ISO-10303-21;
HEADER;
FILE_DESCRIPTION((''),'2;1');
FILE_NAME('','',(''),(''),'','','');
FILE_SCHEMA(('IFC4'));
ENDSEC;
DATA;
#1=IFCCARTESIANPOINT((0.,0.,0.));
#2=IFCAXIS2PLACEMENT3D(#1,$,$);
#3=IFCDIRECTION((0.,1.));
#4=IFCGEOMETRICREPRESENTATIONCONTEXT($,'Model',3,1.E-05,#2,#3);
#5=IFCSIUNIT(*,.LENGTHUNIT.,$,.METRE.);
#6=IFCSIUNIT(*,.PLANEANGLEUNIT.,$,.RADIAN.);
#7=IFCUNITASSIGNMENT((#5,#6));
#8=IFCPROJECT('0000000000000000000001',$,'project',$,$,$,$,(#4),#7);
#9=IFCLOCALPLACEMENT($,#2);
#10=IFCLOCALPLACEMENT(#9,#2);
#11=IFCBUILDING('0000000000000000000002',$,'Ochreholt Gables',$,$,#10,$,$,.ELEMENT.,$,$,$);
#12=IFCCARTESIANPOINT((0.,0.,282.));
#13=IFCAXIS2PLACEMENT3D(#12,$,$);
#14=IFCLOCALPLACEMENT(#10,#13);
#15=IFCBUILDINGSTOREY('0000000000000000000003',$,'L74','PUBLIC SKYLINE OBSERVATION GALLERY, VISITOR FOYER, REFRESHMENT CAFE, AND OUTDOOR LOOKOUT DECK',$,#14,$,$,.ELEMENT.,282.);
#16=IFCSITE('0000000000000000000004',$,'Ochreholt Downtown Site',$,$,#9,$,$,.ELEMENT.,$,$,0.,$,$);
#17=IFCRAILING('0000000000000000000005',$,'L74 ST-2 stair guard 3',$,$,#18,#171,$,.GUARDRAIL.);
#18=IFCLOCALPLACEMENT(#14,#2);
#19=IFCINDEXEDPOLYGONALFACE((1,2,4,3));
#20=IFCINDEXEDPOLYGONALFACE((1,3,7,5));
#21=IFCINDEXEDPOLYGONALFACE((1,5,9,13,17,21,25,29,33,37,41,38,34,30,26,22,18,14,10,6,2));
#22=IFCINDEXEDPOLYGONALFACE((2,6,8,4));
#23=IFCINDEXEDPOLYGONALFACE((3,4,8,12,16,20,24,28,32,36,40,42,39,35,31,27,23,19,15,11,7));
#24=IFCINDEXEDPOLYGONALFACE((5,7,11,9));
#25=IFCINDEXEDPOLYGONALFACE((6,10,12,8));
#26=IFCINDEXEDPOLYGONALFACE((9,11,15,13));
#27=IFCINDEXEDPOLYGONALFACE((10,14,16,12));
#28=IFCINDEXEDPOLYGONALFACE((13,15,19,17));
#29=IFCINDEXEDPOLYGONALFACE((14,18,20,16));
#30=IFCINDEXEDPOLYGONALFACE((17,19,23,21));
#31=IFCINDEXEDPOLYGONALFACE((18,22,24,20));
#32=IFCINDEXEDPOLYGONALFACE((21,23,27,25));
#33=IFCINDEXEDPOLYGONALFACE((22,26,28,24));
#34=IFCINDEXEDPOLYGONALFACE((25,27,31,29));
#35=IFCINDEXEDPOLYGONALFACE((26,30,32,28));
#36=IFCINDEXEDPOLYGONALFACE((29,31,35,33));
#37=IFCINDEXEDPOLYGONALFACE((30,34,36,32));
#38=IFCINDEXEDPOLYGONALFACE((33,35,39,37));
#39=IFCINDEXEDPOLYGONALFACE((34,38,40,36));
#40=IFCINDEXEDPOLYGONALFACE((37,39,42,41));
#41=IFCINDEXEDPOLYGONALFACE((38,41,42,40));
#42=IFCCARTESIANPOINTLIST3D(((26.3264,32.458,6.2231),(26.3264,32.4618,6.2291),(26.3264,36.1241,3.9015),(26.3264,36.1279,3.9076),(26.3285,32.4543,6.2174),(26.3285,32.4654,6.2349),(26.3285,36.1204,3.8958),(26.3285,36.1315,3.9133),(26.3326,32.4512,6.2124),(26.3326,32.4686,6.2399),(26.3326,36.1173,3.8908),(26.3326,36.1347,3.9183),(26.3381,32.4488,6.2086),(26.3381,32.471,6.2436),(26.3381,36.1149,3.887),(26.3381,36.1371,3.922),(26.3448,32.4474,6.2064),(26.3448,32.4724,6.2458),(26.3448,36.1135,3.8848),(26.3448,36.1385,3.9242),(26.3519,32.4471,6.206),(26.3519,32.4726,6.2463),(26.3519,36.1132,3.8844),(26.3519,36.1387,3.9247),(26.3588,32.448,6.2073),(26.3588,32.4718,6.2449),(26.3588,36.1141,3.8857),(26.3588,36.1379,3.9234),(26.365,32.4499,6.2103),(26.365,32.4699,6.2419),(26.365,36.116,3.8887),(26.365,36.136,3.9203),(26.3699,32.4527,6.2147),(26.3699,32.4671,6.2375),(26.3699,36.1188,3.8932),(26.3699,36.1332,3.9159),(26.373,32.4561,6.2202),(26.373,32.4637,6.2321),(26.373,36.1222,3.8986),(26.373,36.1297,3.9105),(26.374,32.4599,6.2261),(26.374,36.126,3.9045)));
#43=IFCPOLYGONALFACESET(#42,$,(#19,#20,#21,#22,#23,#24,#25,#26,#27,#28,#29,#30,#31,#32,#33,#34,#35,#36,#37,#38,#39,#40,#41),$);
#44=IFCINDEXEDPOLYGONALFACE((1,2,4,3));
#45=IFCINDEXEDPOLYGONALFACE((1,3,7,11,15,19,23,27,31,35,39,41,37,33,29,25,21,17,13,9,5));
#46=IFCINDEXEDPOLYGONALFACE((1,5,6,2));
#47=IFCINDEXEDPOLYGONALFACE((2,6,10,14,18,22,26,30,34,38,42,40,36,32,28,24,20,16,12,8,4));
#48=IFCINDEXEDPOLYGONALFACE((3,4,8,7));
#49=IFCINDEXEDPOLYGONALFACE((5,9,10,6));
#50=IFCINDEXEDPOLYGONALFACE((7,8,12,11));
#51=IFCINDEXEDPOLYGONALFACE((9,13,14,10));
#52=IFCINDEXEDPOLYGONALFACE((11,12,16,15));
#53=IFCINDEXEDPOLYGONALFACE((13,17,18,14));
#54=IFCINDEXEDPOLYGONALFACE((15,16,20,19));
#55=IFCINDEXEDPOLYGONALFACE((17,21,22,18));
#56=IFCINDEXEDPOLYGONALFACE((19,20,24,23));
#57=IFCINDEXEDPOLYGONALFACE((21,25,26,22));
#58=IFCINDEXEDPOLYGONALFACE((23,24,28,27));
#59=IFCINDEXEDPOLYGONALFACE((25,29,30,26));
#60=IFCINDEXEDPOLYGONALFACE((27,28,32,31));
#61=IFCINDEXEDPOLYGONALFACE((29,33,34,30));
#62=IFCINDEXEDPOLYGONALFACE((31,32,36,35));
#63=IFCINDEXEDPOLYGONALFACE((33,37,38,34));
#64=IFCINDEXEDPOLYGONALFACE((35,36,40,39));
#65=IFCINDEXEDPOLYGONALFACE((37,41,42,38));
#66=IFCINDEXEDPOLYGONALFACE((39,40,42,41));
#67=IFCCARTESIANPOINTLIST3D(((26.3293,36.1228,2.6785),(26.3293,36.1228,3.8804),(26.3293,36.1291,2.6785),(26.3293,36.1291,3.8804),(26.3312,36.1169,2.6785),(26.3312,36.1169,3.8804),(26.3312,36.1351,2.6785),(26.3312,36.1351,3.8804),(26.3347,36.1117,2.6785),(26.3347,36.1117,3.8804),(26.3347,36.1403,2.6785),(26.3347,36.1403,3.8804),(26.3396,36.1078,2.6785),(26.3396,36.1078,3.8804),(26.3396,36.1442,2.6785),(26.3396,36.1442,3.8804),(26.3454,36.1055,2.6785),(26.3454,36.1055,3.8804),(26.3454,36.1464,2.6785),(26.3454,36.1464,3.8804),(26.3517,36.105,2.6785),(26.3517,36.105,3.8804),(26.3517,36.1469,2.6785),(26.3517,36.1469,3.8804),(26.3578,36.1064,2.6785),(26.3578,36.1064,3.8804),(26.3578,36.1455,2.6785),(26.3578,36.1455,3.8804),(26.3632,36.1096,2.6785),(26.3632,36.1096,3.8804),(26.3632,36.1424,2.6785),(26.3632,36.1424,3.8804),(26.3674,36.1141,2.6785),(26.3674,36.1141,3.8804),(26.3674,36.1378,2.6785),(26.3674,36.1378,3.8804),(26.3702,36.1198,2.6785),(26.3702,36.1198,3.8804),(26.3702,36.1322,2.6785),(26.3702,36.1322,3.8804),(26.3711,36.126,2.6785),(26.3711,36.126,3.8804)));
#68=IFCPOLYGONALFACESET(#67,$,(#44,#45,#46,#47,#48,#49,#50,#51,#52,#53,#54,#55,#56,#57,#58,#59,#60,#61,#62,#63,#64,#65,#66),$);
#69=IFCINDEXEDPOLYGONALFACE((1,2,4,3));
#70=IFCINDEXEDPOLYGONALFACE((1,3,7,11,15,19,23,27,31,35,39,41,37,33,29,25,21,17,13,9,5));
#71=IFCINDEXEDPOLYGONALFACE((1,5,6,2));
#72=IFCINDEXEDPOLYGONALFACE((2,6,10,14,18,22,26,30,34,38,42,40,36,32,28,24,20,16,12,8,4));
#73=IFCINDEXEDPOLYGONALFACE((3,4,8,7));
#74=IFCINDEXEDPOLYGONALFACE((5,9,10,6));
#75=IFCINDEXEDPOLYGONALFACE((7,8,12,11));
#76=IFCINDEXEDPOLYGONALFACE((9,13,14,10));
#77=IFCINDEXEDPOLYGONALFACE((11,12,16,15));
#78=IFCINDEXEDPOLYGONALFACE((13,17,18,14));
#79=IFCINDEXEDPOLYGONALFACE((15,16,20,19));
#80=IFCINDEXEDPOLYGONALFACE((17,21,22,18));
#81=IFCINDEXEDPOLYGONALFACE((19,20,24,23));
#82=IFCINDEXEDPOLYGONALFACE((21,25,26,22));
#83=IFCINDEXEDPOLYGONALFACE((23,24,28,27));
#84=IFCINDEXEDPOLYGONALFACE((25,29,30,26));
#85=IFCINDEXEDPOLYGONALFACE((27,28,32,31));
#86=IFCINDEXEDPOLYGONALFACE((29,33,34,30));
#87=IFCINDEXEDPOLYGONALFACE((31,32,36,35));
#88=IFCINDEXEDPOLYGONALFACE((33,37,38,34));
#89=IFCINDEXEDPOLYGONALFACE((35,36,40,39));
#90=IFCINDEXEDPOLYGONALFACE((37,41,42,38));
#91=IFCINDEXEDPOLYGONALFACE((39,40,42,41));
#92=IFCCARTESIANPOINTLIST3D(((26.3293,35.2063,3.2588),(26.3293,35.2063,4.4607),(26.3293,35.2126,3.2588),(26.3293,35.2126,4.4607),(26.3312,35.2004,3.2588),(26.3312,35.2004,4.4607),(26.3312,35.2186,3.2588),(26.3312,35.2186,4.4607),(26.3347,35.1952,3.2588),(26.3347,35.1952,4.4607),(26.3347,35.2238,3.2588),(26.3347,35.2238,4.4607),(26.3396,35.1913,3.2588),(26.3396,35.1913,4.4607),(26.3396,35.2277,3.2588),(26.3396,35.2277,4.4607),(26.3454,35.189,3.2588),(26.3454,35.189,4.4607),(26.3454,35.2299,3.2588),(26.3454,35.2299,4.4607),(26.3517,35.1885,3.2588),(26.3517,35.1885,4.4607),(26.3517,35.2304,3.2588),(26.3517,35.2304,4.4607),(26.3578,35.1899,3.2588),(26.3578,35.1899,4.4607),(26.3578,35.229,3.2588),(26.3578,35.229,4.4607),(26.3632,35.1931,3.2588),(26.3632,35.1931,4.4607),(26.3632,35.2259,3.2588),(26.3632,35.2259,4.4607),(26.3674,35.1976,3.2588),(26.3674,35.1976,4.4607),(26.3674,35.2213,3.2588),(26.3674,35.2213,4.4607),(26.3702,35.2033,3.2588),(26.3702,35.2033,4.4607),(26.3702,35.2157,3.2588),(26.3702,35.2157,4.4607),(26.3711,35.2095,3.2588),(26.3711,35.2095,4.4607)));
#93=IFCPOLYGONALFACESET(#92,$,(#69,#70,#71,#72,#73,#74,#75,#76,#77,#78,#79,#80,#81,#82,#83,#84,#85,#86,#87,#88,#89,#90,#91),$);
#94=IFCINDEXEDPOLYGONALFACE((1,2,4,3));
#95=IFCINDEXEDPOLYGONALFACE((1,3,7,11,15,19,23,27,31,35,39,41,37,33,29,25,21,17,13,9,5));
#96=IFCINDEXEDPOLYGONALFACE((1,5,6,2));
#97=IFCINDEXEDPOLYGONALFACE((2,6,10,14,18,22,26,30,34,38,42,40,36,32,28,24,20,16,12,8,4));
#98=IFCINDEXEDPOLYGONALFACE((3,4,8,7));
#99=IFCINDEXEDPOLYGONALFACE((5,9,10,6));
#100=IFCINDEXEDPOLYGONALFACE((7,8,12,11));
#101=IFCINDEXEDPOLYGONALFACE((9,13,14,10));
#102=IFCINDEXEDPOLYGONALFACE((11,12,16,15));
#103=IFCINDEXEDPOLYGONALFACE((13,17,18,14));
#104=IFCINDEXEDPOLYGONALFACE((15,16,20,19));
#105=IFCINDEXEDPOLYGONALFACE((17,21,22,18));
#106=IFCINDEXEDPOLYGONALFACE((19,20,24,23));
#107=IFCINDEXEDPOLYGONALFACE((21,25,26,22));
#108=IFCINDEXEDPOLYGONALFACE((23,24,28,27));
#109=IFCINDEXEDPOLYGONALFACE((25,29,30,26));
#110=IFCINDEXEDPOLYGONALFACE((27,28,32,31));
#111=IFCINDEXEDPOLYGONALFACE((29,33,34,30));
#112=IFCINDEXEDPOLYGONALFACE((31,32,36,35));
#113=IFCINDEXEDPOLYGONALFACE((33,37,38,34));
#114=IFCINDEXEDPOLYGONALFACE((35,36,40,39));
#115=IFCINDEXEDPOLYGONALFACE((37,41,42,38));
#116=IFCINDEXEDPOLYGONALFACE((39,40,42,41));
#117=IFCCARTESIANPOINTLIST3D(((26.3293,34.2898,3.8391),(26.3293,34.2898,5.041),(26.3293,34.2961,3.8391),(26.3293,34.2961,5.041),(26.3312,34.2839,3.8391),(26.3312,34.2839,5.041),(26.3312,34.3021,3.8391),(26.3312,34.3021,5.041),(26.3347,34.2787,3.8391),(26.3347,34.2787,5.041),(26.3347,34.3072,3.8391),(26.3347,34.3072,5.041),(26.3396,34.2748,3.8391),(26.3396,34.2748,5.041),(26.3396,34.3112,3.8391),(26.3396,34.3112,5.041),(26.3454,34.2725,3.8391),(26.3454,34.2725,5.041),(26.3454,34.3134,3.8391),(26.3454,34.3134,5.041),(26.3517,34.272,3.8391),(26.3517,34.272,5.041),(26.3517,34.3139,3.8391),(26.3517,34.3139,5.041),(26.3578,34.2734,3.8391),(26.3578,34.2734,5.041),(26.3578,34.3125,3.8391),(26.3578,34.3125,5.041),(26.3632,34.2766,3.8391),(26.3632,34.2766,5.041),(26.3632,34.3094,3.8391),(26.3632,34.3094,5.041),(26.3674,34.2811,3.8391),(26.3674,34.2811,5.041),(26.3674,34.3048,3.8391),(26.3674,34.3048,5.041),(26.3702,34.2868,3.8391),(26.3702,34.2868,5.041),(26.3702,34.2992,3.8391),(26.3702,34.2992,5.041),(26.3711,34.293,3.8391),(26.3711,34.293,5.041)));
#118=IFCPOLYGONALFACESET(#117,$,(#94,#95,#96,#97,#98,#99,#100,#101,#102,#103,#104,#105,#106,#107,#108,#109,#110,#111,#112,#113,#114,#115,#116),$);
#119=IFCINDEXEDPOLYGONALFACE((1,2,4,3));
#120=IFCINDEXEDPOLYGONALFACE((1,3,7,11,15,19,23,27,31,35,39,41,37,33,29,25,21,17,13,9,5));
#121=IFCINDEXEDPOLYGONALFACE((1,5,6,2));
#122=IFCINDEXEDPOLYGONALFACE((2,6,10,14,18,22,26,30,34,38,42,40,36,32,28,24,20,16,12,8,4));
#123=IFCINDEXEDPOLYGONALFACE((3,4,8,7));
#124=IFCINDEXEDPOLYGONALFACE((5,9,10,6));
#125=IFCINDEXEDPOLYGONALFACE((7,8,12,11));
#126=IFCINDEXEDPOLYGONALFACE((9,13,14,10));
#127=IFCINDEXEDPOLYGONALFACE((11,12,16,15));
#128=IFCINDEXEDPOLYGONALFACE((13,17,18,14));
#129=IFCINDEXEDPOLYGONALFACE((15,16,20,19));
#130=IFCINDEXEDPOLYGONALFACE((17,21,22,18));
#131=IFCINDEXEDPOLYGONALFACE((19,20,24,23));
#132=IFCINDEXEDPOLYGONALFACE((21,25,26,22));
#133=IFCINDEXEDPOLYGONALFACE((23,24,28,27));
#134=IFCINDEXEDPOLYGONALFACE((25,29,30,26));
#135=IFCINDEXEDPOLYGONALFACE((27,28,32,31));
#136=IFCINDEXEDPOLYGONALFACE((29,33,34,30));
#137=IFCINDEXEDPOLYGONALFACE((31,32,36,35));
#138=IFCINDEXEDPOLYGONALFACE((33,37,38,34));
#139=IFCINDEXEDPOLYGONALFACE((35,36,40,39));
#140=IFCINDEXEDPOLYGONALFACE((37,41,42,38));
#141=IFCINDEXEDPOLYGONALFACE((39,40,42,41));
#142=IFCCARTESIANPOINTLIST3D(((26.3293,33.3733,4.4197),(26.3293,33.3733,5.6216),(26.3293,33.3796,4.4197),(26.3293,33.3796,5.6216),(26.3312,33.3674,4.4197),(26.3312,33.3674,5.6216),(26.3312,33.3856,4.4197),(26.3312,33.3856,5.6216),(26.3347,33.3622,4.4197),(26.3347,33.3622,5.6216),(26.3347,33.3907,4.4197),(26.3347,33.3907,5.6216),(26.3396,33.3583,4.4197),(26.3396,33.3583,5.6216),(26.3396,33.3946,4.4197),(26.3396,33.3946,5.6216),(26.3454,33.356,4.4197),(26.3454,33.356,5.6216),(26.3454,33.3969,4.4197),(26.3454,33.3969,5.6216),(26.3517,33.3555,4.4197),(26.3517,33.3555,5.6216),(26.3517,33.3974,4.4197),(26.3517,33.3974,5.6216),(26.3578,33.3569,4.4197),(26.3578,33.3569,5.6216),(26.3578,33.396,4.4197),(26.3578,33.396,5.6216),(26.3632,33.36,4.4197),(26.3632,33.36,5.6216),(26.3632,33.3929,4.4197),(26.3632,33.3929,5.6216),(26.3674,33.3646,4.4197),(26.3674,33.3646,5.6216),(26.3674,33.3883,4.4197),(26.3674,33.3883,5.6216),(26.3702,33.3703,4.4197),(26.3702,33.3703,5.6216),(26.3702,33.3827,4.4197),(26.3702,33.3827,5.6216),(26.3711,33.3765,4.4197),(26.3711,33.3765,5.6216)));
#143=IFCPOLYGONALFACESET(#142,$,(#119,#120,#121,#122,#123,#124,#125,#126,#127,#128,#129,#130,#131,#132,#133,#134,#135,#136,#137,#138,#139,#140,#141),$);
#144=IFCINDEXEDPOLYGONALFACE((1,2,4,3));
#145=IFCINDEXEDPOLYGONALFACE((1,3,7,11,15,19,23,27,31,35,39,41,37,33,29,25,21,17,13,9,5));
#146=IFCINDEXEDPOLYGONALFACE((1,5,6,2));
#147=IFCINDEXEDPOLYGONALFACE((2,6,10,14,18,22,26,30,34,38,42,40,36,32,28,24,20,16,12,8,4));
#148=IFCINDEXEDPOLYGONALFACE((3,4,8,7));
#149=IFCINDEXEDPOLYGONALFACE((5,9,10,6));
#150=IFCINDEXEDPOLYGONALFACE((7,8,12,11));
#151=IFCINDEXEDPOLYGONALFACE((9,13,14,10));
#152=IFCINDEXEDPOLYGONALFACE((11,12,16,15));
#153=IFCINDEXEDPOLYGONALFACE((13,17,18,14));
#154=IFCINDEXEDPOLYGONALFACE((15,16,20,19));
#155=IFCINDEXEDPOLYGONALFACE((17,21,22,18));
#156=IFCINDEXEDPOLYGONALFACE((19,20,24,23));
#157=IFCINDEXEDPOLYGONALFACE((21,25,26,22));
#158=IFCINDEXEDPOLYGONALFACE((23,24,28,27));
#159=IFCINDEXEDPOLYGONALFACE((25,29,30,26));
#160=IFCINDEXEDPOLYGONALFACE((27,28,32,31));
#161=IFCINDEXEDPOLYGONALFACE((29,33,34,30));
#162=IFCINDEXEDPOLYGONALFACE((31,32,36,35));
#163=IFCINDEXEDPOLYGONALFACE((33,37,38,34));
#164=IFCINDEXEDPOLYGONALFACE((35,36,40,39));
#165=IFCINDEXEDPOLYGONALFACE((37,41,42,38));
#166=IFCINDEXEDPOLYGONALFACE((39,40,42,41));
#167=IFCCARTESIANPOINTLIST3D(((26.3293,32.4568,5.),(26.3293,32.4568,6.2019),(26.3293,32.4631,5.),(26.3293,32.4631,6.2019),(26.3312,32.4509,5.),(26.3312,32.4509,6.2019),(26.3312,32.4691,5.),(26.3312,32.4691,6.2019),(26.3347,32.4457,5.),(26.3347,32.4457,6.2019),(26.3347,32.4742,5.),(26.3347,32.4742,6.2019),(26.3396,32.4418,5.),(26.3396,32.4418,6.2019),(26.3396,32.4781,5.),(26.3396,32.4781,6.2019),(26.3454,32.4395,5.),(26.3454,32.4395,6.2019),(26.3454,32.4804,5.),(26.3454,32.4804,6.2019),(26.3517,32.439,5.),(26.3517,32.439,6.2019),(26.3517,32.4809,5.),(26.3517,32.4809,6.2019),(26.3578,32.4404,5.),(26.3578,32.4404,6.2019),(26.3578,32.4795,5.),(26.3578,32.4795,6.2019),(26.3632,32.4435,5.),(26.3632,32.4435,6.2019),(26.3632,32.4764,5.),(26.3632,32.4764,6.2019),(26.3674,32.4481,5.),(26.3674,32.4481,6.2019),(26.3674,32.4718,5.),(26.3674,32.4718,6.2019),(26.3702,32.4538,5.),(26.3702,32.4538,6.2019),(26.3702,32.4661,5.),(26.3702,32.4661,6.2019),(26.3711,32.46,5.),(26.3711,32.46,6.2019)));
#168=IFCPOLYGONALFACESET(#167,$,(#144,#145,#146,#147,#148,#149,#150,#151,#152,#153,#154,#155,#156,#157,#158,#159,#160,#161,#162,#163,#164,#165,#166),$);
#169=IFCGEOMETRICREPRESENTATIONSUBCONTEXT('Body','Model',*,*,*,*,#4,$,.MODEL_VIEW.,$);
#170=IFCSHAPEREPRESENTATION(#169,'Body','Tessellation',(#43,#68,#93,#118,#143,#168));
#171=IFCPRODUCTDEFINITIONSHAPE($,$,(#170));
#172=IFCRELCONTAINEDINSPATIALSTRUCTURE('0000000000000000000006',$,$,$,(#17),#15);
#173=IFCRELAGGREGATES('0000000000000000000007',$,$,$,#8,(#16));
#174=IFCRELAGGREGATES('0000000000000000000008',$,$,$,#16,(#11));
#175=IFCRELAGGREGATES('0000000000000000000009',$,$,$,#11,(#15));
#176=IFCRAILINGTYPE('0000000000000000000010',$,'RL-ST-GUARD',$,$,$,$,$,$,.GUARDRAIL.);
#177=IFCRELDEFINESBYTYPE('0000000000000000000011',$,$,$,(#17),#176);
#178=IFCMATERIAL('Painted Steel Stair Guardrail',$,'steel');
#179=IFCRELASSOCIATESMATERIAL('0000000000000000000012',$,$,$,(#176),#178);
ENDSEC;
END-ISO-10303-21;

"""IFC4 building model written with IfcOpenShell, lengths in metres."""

from ifc_helpers import new_model, si_unit, direction, frame, origin, origin_2d, place, context, subcontext, project, spatial, circle, extrude, material, type_object, element, save


model = new_model("IFC4")

# Units and contexts
model_context = context("Model", 3, precision=1e-05, world=origin(), true_north=direction((0.0, 1.0)))
body_context = subcontext(model_context, "Body", "Model", "MODEL_VIEW")
ifc_project = project(units=[si_unit("LENGTHUNIT", "METRE"), si_unit("PLANEANGLEUNIT", "RADIAN")], contexts=[model_context])

# Site, building, storey
site_placement = place(None, origin())
site = spatial("IfcSite", under=ifc_project, at=site_placement, Name="Ochreholt Downtown Site", CompositionType="ELEMENT", RefElevation=0.0)
building_placement = place(site_placement, origin())
building = spatial("IfcBuilding", under=site, at=building_placement, Name="Ochreholt Gables", CompositionType="ELEMENT")
storey_placement = place(building_placement, frame((0.0, 0.0, 282.0)))
storey = spatial("IfcBuildingStorey", under=building, at=storey_placement, Name="L74", Description="PUBLIC SKYLINE OBSERVATION GALLERY, VISITOR FOYER, REFRESHMENT CAFE, AND OUTDOOR LOOKOUT DECK", CompositionType="ELEMENT", Elevation=282.0)

# Railing
ifc_material_1 = material(Name="Painted Steel Stair Guardrail", Category="steel")
railing_type_1 = type_object("IfcRailingType", Name="RL-ST-GUARD", PredefinedType="GUARDRAIL", material=ifc_material_1)
railing_1_placement = place(storey_placement, frame((26.3501, 36.126, 2.6785)))
element("IfcRailing", 1, at=railing_1_placement, inside=storey, type_object=railing_type_1, Name="L74 ST-2 stair guard 3", PredefinedType="GUARDRAIL", context=body_context, shape_type="SweptSolid", body=[
    extrude(circle(Radius=0.0239, at=origin_2d()), frame((0.0, 0.0, 1.2261), z_axis=(0.0, -0.844848, 0.535007), x_axis=(1.0, 0.0, 0.0)), (0.0, 0.0, 1.0), 4.3394),
    extrude(circle(Radius=0.021, at=origin_2d()), origin(), (0.0, 0.0, 1.0), 1.2019),
    extrude(circle(Radius=0.021, at=origin_2d()), frame((0.0, -0.9165, 0.5803)), (0.0, 0.0, 1.0), 1.2019),
    extrude(circle(Radius=0.021, at=origin_2d()), frame((0.0, -1.833, 1.1606)), (0.0, 0.0, 1.0), 1.2019),
    extrude(circle(Radius=0.021, at=origin_2d()), frame((0.0, -2.7495, 1.7412)), (0.0, 0.0, 1.0), 1.2019),
    extrude(circle(Radius=0.021, at=origin_2d()), frame((0.0, -3.666, 2.3215)), (0.0, 0.0, 1.0), 1.2019),
])

save(model, "model.ifc")
